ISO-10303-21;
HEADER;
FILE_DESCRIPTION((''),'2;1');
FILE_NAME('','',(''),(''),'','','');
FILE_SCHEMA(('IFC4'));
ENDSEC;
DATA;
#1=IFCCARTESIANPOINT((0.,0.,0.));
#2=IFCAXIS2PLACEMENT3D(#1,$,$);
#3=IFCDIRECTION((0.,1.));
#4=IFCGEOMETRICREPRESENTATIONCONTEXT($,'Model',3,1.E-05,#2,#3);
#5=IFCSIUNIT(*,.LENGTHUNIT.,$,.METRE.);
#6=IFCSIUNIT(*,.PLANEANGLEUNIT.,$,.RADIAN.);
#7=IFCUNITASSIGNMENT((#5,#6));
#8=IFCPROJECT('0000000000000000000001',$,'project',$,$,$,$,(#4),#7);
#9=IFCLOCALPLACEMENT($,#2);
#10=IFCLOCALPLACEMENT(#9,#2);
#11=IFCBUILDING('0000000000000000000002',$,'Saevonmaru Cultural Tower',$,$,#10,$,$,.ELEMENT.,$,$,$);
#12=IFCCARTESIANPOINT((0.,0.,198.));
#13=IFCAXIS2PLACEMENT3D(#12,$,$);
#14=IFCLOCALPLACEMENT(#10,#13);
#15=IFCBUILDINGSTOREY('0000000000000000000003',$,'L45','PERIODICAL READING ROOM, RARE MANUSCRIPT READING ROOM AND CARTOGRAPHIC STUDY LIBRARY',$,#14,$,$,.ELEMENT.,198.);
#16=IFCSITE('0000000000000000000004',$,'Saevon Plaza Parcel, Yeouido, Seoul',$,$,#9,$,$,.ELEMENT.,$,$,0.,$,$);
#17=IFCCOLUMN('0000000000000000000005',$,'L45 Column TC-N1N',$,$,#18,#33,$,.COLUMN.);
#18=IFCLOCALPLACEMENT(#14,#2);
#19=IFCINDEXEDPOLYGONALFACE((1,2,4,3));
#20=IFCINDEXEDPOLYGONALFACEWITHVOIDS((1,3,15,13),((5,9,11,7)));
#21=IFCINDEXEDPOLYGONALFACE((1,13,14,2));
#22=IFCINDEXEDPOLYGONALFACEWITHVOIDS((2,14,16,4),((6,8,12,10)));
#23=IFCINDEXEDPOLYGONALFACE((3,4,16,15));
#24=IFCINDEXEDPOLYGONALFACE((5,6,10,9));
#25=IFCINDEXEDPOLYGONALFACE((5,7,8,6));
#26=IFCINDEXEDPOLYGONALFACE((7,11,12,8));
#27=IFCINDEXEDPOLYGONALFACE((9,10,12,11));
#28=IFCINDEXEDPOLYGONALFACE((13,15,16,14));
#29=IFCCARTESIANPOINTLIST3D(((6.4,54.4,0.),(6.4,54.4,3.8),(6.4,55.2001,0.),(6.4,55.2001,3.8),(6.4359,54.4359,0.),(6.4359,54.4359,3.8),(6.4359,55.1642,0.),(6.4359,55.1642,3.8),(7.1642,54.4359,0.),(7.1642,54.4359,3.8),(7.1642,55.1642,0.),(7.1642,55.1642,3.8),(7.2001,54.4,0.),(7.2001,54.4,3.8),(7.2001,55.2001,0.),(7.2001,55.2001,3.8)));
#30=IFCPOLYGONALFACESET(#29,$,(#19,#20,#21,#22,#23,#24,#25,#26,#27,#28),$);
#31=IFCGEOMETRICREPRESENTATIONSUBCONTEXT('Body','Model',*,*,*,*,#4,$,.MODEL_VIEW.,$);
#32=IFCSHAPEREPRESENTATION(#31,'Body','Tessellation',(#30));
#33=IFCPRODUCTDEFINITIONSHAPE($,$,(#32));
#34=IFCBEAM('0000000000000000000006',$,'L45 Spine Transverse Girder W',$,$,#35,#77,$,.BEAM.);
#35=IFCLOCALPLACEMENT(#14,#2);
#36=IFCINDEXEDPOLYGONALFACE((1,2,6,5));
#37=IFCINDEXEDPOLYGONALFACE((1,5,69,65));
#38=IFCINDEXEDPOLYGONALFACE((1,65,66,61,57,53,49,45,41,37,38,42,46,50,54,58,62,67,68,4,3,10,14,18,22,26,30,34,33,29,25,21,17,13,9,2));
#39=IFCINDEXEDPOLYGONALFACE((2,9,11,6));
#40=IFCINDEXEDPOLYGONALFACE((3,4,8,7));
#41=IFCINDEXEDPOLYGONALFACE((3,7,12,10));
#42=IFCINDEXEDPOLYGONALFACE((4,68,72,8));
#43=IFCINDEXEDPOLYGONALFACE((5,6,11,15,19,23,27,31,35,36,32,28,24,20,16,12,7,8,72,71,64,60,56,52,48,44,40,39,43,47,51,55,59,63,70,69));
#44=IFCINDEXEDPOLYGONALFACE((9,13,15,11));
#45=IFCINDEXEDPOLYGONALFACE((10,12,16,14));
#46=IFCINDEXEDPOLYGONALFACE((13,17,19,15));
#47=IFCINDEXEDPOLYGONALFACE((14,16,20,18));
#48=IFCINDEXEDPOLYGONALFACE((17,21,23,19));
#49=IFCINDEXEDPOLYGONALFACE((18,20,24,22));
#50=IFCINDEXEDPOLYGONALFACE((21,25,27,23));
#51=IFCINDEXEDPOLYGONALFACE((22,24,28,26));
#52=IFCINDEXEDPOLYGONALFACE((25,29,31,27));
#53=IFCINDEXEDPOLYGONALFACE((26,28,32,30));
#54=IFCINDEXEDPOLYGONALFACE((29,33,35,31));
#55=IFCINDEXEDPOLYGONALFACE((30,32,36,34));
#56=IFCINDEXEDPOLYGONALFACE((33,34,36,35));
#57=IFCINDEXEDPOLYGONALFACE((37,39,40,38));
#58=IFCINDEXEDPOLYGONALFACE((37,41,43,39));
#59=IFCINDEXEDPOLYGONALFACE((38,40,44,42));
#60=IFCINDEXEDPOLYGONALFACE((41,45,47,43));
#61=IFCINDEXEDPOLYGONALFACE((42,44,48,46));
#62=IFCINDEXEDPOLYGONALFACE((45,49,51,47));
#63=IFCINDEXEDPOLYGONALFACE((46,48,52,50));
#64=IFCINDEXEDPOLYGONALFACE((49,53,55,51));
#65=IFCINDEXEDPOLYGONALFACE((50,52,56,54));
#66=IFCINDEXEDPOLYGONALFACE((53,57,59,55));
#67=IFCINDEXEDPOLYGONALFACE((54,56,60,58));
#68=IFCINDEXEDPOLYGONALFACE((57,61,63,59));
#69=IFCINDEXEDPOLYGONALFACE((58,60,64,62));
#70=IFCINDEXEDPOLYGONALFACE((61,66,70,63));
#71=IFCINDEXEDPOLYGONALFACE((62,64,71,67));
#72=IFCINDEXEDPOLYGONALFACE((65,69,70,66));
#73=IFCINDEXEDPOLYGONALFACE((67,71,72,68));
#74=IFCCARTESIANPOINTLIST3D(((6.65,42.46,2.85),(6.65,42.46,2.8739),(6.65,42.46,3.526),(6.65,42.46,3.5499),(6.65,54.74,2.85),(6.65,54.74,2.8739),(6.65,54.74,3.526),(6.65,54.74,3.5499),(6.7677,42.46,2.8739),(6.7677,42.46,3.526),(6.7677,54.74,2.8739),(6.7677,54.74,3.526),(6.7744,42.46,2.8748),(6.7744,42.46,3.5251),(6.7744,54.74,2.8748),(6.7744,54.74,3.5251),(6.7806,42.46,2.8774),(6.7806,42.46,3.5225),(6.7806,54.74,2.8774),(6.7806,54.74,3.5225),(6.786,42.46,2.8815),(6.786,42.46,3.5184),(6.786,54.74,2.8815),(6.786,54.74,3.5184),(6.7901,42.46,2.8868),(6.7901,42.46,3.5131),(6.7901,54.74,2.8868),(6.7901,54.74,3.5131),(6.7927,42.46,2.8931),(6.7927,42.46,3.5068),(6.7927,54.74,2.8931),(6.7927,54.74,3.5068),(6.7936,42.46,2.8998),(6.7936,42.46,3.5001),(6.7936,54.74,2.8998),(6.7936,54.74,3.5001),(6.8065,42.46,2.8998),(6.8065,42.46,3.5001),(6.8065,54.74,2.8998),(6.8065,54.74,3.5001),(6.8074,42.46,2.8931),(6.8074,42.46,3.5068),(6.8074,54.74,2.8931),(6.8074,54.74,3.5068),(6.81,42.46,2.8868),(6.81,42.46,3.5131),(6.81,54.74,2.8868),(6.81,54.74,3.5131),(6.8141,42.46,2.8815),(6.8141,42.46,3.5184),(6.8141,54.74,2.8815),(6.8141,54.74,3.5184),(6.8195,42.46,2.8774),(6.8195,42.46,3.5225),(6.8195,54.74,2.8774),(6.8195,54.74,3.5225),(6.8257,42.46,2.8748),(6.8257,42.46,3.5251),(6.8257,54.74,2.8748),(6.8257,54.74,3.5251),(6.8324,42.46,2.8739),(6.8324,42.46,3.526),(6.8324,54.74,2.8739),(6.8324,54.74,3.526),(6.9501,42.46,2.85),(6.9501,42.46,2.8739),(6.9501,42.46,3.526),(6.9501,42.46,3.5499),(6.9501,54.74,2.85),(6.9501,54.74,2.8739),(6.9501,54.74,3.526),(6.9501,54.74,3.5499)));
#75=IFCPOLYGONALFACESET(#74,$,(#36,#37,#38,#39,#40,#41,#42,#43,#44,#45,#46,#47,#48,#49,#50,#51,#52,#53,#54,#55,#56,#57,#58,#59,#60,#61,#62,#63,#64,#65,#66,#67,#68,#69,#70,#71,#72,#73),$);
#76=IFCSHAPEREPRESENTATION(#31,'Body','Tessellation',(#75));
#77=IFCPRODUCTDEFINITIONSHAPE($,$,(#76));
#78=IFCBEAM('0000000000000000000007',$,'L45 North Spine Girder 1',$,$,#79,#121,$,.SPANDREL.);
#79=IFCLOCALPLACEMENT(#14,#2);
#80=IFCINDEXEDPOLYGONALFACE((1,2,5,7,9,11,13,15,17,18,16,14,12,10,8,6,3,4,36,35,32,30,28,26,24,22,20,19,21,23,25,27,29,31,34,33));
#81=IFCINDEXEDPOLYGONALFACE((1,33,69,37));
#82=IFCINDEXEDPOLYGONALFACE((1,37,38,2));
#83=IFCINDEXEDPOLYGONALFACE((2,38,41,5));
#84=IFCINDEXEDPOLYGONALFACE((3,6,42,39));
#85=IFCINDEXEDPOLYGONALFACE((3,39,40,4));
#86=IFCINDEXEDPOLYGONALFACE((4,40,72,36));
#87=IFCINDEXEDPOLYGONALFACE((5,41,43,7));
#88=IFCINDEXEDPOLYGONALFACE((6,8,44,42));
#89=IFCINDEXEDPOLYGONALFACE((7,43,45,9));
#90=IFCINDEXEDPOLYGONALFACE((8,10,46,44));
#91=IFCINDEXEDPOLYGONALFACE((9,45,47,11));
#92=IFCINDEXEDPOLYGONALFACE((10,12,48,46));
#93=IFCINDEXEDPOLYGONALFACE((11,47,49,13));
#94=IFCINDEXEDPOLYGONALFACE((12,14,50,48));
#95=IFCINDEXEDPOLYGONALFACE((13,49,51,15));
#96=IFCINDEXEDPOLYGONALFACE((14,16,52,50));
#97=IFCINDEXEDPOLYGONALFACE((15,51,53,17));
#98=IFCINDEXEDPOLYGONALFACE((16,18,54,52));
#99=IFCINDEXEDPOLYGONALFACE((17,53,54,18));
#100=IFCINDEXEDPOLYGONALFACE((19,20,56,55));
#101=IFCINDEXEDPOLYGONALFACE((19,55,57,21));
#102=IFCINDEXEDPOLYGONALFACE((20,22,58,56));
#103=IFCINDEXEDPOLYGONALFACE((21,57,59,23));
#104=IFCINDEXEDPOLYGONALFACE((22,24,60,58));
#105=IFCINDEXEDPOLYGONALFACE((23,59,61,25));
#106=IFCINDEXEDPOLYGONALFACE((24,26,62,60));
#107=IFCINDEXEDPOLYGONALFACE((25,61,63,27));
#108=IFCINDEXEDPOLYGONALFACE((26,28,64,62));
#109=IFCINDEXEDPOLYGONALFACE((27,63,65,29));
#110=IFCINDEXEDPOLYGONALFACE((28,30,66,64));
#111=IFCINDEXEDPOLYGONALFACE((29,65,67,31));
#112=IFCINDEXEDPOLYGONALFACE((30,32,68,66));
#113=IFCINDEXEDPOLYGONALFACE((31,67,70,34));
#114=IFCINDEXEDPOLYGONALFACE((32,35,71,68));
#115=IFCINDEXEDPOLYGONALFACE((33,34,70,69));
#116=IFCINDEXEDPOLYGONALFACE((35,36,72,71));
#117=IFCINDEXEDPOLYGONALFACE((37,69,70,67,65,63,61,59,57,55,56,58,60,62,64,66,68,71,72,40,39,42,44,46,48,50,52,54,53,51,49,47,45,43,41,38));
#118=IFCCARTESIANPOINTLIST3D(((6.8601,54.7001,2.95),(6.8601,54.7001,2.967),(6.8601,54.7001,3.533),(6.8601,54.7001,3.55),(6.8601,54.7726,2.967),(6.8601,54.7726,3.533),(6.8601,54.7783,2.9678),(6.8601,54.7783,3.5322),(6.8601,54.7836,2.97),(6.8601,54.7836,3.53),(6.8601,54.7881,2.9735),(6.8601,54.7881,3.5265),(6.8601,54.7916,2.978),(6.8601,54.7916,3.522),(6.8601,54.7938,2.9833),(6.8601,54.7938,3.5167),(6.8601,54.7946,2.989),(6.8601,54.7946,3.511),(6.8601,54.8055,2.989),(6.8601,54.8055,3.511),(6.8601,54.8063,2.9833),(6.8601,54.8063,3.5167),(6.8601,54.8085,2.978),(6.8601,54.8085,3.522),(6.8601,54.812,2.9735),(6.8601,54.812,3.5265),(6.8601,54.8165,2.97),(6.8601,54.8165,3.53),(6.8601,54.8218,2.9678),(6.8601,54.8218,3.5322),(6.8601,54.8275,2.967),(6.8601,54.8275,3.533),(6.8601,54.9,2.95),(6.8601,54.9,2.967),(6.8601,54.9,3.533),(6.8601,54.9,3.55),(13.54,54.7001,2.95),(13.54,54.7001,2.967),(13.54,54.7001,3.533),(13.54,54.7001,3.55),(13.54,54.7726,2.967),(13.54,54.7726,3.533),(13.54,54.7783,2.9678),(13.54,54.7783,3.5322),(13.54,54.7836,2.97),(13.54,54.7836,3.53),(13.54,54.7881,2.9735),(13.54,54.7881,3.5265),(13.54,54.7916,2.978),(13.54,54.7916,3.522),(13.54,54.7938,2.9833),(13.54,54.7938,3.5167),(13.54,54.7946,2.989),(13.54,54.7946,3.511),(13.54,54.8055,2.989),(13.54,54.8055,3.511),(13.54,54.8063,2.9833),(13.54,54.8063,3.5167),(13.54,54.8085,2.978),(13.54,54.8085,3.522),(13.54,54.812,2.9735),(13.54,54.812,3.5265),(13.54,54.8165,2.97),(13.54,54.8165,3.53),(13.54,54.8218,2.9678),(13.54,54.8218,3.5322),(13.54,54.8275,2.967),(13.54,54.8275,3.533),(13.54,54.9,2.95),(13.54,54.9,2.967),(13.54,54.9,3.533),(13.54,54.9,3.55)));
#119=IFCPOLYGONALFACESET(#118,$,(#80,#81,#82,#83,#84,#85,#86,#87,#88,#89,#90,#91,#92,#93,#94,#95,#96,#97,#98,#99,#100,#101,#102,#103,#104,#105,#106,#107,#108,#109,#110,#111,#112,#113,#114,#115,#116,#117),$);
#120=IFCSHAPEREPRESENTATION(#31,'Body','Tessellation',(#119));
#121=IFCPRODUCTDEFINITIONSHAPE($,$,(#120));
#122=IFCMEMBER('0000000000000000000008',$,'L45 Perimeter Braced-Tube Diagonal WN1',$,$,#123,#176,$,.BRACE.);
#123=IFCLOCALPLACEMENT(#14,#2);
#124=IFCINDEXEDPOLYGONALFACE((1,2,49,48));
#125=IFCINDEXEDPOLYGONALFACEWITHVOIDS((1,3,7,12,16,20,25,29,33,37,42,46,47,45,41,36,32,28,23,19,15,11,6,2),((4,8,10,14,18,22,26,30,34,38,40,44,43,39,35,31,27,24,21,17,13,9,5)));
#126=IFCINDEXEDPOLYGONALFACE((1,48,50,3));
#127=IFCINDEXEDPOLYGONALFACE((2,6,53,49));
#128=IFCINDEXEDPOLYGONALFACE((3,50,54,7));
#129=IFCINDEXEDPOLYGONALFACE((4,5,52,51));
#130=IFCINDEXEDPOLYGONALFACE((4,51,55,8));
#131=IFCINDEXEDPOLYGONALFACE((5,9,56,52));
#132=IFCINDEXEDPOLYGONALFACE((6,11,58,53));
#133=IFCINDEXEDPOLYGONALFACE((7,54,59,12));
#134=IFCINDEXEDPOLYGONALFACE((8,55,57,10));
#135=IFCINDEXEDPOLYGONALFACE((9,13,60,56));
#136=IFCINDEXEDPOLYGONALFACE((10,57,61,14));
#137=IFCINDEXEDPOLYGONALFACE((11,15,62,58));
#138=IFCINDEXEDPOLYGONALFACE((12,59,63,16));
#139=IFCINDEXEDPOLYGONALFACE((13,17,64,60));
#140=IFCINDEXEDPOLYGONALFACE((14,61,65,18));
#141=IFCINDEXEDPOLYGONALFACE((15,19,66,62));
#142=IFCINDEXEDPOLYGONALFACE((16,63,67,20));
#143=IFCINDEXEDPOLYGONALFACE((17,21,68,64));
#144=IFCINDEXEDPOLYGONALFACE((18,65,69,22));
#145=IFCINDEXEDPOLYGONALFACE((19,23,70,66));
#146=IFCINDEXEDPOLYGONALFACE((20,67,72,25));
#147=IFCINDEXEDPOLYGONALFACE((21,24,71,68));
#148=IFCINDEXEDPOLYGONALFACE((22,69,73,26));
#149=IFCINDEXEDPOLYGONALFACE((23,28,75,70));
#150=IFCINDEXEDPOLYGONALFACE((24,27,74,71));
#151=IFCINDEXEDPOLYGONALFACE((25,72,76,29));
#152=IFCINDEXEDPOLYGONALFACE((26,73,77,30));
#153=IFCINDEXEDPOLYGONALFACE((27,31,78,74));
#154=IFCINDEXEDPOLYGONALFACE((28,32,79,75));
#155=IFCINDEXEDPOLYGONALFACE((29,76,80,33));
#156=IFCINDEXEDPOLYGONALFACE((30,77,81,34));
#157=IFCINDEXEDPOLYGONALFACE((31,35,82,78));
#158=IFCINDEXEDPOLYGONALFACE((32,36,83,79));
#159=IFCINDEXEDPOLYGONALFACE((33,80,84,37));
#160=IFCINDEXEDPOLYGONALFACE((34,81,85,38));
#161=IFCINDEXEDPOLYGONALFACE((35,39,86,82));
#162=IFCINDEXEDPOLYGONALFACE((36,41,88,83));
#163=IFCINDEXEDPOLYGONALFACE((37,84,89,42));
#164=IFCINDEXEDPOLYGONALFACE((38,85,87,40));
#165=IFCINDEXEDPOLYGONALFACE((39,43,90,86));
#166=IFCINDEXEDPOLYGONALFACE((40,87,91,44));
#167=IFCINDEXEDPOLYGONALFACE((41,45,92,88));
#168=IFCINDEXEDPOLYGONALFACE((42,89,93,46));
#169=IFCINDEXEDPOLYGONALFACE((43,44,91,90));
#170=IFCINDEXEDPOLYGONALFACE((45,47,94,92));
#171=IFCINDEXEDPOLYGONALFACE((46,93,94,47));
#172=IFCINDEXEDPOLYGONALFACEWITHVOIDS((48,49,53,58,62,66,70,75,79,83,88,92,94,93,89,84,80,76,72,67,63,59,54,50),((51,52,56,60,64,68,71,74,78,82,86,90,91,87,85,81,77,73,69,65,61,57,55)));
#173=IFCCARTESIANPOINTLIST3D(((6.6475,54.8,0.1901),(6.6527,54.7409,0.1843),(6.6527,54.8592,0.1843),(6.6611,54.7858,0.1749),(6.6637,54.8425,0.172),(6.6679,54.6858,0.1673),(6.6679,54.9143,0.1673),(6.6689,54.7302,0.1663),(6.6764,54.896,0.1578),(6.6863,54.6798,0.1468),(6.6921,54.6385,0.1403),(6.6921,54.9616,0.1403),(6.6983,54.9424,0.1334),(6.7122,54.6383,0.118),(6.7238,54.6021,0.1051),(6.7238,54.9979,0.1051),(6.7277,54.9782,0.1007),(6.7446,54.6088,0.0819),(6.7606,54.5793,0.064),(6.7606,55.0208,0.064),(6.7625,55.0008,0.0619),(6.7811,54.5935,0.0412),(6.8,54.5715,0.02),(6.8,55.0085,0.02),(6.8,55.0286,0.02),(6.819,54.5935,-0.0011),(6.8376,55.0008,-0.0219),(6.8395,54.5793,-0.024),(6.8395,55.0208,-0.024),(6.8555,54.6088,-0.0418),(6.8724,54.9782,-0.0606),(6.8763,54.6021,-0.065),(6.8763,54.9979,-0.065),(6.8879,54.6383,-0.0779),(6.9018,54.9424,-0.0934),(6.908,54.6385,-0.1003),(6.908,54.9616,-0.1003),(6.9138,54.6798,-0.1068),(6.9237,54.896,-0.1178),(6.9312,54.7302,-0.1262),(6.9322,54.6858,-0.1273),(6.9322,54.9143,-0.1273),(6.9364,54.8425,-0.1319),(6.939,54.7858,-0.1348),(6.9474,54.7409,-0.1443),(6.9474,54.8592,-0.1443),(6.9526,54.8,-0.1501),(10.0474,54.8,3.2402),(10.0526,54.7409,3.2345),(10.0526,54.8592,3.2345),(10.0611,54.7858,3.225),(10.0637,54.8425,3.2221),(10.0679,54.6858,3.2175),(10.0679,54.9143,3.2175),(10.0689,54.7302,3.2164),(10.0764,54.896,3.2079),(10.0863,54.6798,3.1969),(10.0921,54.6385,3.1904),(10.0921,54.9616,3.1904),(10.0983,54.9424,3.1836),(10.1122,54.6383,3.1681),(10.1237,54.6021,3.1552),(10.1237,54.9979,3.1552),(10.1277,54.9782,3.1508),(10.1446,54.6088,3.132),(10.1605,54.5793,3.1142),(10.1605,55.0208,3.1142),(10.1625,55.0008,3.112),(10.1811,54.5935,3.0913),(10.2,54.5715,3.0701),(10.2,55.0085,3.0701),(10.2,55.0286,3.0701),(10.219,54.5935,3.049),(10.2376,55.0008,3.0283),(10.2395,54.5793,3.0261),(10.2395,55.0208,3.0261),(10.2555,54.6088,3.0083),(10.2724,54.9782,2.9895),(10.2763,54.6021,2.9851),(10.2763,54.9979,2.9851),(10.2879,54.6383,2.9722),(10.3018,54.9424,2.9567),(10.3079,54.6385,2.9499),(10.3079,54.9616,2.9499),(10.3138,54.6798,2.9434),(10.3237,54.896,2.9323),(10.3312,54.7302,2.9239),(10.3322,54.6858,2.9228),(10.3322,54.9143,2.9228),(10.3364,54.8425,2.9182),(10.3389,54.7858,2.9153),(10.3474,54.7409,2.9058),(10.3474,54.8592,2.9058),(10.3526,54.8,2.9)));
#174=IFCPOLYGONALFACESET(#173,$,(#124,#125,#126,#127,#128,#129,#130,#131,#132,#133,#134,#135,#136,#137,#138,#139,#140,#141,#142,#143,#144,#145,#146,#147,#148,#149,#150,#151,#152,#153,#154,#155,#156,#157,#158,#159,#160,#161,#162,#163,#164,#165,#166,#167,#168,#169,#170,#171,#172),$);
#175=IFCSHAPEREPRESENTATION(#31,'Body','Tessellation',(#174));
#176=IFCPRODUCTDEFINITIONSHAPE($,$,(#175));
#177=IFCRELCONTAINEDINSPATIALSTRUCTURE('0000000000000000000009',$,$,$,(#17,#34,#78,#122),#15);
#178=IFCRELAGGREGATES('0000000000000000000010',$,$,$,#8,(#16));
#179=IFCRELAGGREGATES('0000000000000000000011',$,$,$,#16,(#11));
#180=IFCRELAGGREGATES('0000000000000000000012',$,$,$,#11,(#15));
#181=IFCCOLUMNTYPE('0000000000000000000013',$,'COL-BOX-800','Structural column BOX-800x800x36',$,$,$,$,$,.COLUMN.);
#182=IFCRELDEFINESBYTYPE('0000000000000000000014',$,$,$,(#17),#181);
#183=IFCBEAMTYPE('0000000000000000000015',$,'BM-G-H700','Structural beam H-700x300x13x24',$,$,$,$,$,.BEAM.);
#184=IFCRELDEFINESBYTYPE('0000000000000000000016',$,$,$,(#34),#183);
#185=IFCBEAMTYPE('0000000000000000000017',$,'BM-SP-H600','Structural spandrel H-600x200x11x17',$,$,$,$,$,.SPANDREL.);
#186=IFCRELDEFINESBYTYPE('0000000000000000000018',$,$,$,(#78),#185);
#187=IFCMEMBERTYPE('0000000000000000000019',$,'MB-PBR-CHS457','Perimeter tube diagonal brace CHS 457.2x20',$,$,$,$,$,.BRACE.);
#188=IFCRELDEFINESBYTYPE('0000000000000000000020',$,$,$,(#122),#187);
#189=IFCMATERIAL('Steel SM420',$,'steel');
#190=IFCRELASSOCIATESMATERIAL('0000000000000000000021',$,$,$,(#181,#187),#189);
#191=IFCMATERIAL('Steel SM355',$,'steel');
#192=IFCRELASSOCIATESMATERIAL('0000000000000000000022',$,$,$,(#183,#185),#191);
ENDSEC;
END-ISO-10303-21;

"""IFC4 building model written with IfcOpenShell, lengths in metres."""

from ifc_helpers import new_model, si_unit, direction, frame, origin, origin_2d, place, context, subcontext, project, spatial, hollow_rectangle, hollow_circle, i_section, extrude, material, material_profile, profile_set, type_object, element, save


model = new_model("IFC4")

# Units and contexts
model_context = context("Model", 3, precision=1e-05, world=origin(), true_north=direction((0.0, 1.0)))
body_context = subcontext(model_context, "Body", "Model", "MODEL_VIEW")
ifc_project = project(units=[si_unit("LENGTHUNIT", "METRE"), si_unit("PLANEANGLEUNIT", "RADIAN")], contexts=[model_context])

# Site, building, storey
site_placement = place(None, origin())
site = spatial("IfcSite", under=ifc_project, at=site_placement, Name="Saevon Plaza Parcel, Yeouido, Seoul", CompositionType="ELEMENT", RefElevation=0.0)
building_placement = place(site_placement, origin())
building = spatial("IfcBuilding", under=site, at=building_placement, Name="Saevonmaru Cultural Tower", CompositionType="ELEMENT")
storey_placement = place(building_placement, frame((0.0, 0.0, 198.0)))
storey = spatial("IfcBuildingStorey", under=building, at=storey_placement, Name="L45", Description="PERIODICAL READING ROOM, RARE MANUSCRIPT READING ROOM AND CARTOGRAPHIC STUDY LIBRARY", CompositionType="ELEMENT", Elevation=198.0)

# Column
ifc_material_1 = material(Name="Steel SM420", Category="steel")
ifc_material_profile_1 = material_profile(ifc_material_1, hollow_rectangle(XDim=0.8, YDim=0.8, WallThickness=0.0359, at=origin_2d()), Name="BOX-800x800x36")
ifc_profile_set_1 = profile_set([ifc_material_profile_1], Name="Steel SM420")
column_type = type_object("IfcColumnType", Name="COL-BOX-800", Description="Structural column BOX-800x800x36", PredefinedType="COLUMN", material=ifc_profile_set_1)
column_placement = place(storey_placement, frame((6.8, 54.8, 0.0), z_axis=(0.0, 0.0, 1.0), x_axis=(1.0, 0.0, 0.0)))
element("IfcColumn", 1, at=column_placement, inside=storey, type_object=column_type, Name="L45 Column TC-N1N", PredefinedType="COLUMN", context=body_context, shape_type="SweptSolid", body=[
    extrude(hollow_rectangle(XDim=0.8, YDim=0.8, WallThickness=0.0359, at=origin_2d()), origin(), (0.0, 0.0, 1.0), 3.8),
])

# Beams
ifc_material_2 = material(Name="Steel SM355", Category="steel")
ifc_material_profile_2 = material_profile(ifc_material_2, i_section(OverallWidth=0.3, OverallDepth=0.7, WebThickness=0.0129, FlangeThickness=0.0239, FilletRadius=0.0259, at=origin_2d()), Name="H-700x300x13x24")
ifc_profile_set_2 = profile_set([ifc_material_profile_2], Name="Steel SM355")
beam_type_1 = type_object("IfcBeamType", Name="BM-G-H700", Description="Structural beam H-700x300x13x24", PredefinedType="BEAM", material=ifc_profile_set_2)
beam_1_placement = place(storey_placement, frame((6.8, 54.74, 3.2), z_axis=(0.0, -1.0, 0.0), x_axis=(1.0, 0.0, 0.0)))
element("IfcBeam", 2, at=beam_1_placement, inside=storey, type_object=beam_type_1, Name="L45 Spine Transverse Girder W", PredefinedType="BEAM", context=body_context, shape_type="SweptSolid", body=[
    extrude(i_section(OverallWidth=0.3, OverallDepth=0.7, WebThickness=0.0129, FlangeThickness=0.0239, FilletRadius=0.0259, at=origin_2d()), origin(), (0.0, 0.0, 1.0), 12.28),
])
ifc_material_profile_3 = material_profile(ifc_material_2, i_section(OverallWidth=0.2, OverallDepth=0.6001, WebThickness=0.011, FlangeThickness=0.0171, FilletRadius=0.022, at=origin_2d()), Name="H-600x200x11x17")
ifc_profile_set_3 = profile_set([ifc_material_profile_3], Name="Steel SM355")
beam_type_2 = type_object("IfcBeamType", Name="BM-SP-H600", Description="Structural spandrel H-600x200x11x17", PredefinedType="SPANDREL", material=ifc_profile_set_3)
beam_2_placement = place(storey_placement, frame((6.8601, 54.8, 3.25), z_axis=(1.0, 0.0, 0.0), x_axis=(0.0, 1.0, 0.0)))
element("IfcBeam", 3, at=beam_2_placement, inside=storey, type_object=beam_type_2, Name="L45 North Spine Girder 1", PredefinedType="SPANDREL", context=body_context, shape_type="SweptSolid", body=[
    extrude(i_section(OverallWidth=0.2, OverallDepth=0.6001, WebThickness=0.011, FlangeThickness=0.0171, FilletRadius=0.022, at=origin_2d()), origin(), (0.0, 0.0, 1.0), 6.6799),
])

# Member
ifc_material_profile_4 = material_profile(ifc_material_1, hollow_circle(Radius=0.2285, WallThickness=0.02, at=origin_2d()), Name="CHS-457.2x20")
ifc_profile_set_4 = profile_set([ifc_material_profile_4], Name="Steel SM420")
member_type_1 = type_object("IfcMemberType", Name="MB-PBR-CHS457", Description="Perimeter tube diagonal brace CHS 457.2x20", PredefinedType="BRACE", material=ifc_profile_set_4)
member_1_placement = place(storey_placement, frame((6.8, 54.8, 0.02), z_axis=(0.744367, 0.0, 0.667771), x_axis=(0.0, 1.0, 0.0)))
element("IfcMember", 4, at=member_1_placement, inside=storey, type_object=member_type_1, Name="L45 Perimeter Braced-Tube Diagonal WN1", PredefinedType="BRACE", context=body_context, shape_type="SweptSolid", body=[
    extrude(hollow_circle(Radius=0.2285, WallThickness=0.02, at=origin_2d()), origin(), (0.0, 0.0, 1.0), 4.5676),
])

save(model, "model.ifc")
